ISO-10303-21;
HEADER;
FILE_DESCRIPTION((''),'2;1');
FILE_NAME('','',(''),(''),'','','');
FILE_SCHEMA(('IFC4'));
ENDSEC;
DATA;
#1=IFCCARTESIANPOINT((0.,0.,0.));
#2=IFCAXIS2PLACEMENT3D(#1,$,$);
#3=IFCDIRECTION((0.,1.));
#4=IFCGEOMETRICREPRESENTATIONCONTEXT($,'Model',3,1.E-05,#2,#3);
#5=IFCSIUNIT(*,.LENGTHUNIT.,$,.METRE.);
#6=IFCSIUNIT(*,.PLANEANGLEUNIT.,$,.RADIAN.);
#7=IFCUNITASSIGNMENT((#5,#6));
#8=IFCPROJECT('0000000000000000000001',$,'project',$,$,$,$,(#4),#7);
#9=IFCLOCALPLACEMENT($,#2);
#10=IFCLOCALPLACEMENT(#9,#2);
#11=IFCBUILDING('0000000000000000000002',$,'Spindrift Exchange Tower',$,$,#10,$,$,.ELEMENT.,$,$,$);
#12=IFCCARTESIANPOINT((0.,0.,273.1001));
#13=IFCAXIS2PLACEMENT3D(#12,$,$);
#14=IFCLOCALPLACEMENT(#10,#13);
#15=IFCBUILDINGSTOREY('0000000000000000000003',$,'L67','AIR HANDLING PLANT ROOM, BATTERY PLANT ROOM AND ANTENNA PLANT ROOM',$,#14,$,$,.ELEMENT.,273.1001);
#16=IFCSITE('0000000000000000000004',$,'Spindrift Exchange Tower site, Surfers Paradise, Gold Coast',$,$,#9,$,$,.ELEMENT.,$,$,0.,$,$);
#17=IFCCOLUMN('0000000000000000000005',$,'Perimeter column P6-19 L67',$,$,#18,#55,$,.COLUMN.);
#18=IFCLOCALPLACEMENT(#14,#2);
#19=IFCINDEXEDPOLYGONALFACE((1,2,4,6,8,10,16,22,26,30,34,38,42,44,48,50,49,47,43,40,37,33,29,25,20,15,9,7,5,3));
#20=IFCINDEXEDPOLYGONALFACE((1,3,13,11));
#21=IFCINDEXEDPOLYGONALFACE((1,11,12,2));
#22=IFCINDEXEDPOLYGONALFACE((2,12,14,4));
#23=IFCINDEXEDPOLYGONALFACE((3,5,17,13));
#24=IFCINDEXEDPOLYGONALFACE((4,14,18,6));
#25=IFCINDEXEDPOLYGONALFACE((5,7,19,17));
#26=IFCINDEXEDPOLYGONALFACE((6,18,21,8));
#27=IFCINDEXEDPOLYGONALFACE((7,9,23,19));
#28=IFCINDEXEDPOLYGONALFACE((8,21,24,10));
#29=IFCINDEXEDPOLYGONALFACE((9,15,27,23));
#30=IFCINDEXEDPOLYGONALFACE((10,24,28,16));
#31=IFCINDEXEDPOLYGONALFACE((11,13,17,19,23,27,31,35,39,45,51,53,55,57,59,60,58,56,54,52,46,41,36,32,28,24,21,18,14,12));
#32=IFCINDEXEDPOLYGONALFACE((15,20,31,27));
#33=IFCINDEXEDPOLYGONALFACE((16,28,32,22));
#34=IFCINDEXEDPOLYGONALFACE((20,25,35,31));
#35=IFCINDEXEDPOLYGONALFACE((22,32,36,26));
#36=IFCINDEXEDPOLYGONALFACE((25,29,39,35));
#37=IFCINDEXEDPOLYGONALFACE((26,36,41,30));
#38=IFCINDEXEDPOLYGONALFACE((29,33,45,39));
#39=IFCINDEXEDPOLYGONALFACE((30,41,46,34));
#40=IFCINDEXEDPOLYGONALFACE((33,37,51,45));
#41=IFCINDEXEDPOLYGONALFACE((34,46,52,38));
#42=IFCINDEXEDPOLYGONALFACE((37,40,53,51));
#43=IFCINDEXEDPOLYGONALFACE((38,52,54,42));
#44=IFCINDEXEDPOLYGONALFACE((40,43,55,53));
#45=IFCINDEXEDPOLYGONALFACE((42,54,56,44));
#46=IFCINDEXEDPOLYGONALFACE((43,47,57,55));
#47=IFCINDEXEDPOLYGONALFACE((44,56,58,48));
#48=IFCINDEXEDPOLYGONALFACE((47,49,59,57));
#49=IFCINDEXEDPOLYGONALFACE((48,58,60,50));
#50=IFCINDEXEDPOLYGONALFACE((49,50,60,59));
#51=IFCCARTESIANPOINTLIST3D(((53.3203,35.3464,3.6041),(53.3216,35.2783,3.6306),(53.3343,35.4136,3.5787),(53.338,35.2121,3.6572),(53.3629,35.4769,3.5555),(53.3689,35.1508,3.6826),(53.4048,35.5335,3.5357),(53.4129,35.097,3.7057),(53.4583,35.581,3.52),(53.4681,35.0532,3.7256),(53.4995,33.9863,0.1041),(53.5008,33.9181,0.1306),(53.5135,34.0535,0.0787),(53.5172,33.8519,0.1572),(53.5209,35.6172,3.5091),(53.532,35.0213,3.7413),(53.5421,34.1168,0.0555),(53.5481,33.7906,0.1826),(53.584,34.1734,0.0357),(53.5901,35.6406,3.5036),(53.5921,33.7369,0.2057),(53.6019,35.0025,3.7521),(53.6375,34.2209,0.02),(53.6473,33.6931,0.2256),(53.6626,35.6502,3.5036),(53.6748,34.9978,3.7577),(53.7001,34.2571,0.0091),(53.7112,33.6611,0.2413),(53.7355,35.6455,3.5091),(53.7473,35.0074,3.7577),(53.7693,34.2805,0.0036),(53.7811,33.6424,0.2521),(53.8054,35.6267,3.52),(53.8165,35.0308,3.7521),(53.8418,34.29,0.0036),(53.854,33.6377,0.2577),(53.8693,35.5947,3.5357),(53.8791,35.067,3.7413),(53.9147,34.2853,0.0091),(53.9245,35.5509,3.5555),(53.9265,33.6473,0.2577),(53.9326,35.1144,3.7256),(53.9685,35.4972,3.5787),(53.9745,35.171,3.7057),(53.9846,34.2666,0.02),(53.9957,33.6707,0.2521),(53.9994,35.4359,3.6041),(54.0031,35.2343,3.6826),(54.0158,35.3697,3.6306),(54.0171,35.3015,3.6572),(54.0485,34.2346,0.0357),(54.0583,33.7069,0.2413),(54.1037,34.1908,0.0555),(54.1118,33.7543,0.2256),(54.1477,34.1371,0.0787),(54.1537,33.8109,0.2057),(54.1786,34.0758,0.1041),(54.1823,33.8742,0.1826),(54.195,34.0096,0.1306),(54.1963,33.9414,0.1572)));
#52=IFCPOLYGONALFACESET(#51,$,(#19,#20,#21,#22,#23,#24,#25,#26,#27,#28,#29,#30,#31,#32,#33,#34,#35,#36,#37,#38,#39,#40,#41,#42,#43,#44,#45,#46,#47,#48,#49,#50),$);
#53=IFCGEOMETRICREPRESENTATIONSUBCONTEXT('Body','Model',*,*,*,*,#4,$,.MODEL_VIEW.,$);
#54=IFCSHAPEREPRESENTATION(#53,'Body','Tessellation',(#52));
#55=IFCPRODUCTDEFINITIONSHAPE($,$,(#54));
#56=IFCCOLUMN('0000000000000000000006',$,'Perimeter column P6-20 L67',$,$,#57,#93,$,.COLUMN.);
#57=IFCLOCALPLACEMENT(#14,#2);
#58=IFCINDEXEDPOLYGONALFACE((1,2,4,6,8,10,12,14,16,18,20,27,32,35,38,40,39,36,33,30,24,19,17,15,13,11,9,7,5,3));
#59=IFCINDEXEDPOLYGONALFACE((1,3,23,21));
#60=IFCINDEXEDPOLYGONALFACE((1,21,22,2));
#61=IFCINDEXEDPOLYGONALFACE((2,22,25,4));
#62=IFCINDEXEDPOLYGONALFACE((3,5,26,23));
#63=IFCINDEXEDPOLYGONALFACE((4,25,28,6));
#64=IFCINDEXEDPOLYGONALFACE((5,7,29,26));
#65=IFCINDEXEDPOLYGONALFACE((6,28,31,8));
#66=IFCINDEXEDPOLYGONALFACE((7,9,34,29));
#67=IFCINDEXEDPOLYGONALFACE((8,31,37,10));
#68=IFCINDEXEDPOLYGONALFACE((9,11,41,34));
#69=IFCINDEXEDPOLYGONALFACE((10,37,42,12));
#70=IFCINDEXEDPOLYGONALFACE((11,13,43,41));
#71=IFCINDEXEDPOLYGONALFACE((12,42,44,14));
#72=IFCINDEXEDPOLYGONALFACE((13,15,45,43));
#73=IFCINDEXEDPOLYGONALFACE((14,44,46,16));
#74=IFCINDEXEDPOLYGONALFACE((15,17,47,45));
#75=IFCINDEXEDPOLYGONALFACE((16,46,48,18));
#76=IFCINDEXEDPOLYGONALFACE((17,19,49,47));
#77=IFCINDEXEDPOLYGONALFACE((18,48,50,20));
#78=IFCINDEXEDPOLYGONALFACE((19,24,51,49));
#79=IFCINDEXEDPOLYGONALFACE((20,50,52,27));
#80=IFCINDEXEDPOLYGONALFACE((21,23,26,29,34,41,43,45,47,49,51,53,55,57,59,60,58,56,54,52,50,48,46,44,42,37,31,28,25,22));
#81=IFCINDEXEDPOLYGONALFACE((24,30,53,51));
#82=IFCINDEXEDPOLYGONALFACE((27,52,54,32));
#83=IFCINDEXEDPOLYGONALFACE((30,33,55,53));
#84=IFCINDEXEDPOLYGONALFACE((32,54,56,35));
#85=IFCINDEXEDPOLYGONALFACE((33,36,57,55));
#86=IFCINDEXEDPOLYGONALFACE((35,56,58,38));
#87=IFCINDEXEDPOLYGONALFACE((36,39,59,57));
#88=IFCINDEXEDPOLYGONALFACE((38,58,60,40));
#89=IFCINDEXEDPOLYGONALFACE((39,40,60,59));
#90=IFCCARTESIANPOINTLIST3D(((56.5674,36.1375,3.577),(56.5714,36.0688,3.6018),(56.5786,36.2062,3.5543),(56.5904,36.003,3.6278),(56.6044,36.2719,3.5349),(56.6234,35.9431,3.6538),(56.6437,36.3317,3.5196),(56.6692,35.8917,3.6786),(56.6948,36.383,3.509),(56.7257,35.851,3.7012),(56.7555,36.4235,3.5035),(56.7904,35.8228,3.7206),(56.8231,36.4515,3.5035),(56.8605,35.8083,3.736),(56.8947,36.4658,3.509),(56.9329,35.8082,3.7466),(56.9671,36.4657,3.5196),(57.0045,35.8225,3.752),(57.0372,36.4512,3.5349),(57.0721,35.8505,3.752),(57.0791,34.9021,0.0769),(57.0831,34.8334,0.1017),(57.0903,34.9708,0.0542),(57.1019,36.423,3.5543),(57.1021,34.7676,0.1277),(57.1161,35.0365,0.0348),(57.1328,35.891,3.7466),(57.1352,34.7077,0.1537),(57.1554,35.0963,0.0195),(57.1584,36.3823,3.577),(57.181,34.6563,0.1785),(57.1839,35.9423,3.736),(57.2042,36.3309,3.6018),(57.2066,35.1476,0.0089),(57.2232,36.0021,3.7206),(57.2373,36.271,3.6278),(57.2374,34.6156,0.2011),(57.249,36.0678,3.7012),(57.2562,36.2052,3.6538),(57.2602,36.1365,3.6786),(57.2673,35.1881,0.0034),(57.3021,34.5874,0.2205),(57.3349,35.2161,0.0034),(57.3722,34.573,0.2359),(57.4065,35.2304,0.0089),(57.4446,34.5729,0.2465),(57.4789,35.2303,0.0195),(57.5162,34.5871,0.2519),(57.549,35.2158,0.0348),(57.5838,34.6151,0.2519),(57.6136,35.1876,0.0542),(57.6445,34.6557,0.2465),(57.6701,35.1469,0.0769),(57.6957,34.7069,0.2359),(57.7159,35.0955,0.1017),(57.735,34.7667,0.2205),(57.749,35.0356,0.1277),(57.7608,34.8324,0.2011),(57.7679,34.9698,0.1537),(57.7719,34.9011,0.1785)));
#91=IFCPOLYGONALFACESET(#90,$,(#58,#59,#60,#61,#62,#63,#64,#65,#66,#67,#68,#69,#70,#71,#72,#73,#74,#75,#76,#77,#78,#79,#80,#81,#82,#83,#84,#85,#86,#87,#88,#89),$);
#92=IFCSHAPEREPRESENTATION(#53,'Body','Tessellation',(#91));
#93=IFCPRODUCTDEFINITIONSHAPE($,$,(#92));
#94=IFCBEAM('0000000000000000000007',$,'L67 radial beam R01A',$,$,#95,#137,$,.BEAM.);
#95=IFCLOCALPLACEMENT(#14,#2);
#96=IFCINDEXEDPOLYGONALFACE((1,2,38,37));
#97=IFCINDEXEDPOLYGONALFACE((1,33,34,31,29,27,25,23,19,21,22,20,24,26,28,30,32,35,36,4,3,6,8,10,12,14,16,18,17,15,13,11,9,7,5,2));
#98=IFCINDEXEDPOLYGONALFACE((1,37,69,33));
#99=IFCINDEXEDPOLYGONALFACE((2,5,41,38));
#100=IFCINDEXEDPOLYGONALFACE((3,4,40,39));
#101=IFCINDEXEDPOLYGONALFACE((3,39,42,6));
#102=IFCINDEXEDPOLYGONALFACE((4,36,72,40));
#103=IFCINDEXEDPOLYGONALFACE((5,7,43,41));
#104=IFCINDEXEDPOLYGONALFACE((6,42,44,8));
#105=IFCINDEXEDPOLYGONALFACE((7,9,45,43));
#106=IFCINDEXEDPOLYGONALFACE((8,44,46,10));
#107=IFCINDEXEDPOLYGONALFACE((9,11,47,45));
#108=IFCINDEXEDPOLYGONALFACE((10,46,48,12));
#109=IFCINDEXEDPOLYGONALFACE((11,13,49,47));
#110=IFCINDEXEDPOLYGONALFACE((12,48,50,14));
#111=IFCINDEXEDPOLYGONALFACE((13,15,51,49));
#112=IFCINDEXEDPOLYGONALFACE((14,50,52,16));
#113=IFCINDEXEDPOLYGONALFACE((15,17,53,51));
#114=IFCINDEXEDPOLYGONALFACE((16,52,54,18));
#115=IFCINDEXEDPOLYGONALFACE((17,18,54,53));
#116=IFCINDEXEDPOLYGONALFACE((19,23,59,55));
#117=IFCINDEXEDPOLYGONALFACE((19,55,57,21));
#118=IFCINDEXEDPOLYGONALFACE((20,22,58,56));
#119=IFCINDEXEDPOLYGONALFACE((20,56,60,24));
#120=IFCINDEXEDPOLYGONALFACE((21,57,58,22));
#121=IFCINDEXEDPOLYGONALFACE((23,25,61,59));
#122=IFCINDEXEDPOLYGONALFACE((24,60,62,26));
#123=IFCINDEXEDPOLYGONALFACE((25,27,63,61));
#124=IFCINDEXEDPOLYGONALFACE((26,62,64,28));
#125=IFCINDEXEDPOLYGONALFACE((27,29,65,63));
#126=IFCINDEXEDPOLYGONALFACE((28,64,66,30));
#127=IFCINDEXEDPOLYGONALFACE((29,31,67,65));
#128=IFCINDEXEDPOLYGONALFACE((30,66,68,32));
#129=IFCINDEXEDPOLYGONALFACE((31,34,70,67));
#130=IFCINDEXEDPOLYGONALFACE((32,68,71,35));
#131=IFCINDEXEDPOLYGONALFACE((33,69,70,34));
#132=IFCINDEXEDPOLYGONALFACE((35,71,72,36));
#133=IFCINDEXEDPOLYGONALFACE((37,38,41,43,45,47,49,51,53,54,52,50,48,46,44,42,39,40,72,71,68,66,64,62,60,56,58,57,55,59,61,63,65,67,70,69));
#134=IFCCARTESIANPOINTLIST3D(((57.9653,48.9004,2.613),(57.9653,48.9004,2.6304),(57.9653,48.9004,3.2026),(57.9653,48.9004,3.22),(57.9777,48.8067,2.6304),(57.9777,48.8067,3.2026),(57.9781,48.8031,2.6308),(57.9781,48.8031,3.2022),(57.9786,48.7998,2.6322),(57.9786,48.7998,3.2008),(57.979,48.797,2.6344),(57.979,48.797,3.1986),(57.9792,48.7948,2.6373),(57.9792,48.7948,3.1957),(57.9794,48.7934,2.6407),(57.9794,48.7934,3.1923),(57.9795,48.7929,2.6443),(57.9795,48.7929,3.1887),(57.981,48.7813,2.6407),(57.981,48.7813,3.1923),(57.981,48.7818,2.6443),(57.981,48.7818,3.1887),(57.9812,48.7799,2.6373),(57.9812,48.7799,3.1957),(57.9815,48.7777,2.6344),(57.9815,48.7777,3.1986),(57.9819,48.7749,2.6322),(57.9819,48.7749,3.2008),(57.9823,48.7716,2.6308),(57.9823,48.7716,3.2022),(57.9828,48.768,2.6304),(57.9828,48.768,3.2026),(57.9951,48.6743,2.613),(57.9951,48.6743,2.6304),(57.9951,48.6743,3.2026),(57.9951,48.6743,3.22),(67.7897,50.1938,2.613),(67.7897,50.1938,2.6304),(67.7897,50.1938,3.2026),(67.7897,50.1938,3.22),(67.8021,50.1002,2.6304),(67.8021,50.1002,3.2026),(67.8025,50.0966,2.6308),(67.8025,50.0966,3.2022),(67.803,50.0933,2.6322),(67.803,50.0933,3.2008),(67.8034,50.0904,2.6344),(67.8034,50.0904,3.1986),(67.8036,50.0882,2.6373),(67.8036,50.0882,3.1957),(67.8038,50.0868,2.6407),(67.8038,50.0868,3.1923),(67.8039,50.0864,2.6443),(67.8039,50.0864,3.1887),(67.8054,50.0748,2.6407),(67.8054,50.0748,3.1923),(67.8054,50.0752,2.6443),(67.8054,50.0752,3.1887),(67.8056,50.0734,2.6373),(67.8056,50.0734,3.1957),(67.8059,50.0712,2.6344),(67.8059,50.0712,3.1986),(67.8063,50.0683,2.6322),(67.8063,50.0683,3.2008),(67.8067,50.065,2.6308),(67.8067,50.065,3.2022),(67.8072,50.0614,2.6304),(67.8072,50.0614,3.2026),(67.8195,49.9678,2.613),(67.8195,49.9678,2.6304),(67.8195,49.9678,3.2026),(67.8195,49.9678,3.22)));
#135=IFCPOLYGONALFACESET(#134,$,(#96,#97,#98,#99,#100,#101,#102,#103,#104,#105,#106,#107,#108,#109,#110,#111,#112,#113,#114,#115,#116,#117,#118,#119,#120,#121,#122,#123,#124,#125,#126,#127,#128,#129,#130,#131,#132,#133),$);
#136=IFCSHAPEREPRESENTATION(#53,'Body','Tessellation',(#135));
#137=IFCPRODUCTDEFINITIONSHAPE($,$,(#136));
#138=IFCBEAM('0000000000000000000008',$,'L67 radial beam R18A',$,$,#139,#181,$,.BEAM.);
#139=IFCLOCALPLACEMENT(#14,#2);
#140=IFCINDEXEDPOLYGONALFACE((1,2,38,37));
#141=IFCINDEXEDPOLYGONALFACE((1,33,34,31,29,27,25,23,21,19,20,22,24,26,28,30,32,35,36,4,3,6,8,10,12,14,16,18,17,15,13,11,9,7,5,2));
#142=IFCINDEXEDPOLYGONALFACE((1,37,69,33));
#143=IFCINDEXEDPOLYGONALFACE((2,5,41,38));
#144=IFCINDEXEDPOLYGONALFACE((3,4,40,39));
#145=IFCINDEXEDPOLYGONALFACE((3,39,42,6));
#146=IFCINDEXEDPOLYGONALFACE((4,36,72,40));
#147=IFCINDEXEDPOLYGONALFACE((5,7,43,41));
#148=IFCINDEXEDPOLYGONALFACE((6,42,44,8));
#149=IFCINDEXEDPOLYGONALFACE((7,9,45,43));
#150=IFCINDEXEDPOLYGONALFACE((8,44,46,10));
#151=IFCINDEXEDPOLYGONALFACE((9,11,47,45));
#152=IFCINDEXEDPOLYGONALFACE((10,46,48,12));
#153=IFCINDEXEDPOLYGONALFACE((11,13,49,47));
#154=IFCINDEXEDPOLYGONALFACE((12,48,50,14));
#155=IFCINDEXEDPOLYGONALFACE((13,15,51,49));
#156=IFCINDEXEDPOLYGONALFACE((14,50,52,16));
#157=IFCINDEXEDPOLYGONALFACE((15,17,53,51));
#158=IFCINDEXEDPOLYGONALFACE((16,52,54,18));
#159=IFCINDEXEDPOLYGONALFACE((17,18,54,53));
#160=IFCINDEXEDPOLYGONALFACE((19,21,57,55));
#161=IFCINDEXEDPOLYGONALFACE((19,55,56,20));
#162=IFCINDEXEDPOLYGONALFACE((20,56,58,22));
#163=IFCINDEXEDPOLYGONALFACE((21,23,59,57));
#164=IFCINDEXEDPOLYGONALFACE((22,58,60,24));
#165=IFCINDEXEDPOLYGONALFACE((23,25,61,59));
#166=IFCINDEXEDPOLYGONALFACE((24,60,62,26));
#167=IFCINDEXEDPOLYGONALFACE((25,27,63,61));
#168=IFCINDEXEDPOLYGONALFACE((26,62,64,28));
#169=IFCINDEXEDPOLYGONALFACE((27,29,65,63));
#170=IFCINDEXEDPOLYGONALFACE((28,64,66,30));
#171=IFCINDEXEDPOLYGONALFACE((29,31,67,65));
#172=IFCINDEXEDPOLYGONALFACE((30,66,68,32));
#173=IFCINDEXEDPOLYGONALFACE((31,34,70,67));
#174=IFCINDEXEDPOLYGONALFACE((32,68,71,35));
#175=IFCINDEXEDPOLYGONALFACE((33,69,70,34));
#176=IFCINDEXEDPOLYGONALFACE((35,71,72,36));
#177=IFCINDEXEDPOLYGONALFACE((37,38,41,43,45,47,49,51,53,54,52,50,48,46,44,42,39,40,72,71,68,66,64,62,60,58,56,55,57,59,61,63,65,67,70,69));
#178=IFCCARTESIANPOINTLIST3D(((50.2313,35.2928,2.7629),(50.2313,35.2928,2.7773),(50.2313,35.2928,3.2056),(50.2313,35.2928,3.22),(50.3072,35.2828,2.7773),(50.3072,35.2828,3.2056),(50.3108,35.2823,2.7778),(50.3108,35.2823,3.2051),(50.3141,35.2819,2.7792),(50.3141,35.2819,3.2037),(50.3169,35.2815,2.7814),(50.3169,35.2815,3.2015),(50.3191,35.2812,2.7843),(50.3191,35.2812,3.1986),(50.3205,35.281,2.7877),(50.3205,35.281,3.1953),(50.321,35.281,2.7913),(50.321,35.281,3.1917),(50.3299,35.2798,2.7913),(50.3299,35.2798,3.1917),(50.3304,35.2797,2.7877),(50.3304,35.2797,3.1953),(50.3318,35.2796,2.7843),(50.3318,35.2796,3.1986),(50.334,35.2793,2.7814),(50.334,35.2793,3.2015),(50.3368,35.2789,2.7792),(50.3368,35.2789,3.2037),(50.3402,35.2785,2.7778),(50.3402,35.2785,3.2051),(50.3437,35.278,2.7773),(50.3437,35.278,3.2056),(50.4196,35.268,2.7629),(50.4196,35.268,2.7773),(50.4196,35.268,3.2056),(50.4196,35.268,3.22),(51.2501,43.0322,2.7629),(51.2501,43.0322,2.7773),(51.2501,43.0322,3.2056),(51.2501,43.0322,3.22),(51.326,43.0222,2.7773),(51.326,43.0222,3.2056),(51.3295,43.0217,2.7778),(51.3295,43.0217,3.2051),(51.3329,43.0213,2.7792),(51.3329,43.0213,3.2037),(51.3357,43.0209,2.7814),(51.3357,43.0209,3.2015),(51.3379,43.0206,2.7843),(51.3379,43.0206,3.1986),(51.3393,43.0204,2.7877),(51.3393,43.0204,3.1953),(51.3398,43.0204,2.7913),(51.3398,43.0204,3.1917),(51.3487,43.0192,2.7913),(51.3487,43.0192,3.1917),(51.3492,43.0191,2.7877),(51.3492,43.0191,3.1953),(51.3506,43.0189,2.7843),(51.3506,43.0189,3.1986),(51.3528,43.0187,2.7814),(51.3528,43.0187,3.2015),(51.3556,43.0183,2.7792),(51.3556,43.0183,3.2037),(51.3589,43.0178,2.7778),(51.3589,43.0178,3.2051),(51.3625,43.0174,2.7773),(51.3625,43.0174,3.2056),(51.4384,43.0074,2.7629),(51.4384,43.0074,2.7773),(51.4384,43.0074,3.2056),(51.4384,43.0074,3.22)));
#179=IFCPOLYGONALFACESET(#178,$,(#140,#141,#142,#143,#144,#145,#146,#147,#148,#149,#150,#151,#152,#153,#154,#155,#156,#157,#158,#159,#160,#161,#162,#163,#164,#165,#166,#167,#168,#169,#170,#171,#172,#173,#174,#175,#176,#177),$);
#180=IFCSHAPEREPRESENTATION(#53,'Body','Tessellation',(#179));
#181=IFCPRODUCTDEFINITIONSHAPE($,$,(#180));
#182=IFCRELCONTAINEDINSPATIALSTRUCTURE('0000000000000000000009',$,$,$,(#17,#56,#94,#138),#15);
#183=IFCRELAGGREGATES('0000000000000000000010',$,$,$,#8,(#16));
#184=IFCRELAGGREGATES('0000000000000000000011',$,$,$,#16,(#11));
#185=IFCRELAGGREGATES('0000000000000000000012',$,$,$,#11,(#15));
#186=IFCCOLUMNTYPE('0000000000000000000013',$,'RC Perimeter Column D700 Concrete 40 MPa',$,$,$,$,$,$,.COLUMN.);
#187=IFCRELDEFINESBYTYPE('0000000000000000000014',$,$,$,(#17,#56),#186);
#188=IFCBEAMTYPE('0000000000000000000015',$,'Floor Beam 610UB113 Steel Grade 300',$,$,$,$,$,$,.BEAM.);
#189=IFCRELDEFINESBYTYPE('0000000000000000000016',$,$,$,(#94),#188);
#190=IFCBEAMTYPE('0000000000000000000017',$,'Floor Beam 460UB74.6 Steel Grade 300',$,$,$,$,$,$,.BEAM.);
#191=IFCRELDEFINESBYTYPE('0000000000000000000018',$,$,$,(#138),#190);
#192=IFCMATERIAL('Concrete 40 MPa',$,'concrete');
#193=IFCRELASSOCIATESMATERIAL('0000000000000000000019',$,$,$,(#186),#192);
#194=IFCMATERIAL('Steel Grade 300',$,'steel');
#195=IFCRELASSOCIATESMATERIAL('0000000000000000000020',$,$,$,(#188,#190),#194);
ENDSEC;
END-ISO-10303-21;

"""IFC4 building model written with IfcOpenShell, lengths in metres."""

from ifc_helpers import new_model, si_unit, direction, frame, origin, origin_2d, place, context, subcontext, project, spatial, circle, i_section, extrude, source, transform, mapped, material, material_profile, profile_set, type_object, element, save


model = new_model("IFC4")

# Units and contexts
model_context = context("Model", 3, precision=1e-05, world=origin(), true_north=direction((0.0, 1.0)))
body_context = subcontext(model_context, "Body", "Model", "MODEL_VIEW")
ifc_project = project(units=[si_unit("LENGTHUNIT", "METRE"), si_unit("PLANEANGLEUNIT", "RADIAN")], contexts=[model_context])

# Site, building, storey
site_placement = place(None, origin())
site = spatial("IfcSite", under=ifc_project, at=site_placement, Name="Spindrift Exchange Tower site, Surfers Paradise, Gold Coast", CompositionType="ELEMENT", RefElevation=0.0)
building_placement = place(site_placement, origin())
building = spatial("IfcBuilding", under=site, at=building_placement, Name="Spindrift Exchange Tower", CompositionType="ELEMENT")
storey_placement = place(building_placement, frame((0.0, 0.0, 273.1001)))
storey = spatial("IfcBuildingStorey", under=building, at=storey_placement, Name="L67", Description="AIR HANDLING PLANT ROOM, BATTERY PLANT ROOM AND ANTENNA PLANT ROOM", CompositionType="ELEMENT", Elevation=273.1001)

# Columns
ifc_material_1 = material(Name="Concrete 40 MPa", Category="concrete")
ifc_material_profile_1 = material_profile(ifc_material_1, circle(Radius=0.3501, at=origin_2d()), Name="RC D700")
ifc_profile_set_1 = profile_set([ifc_material_profile_1], Name="Concrete 40 MPa")
column_type = type_object("IfcColumnType", Name="RC Perimeter Column D700 Concrete 40 MPa", PredefinedType="COLUMN", material=ifc_profile_set_1)
shared_shape_1 = source(origin(), body_context, "Body", "SweptSolid", [
    extrude(circle(Radius=0.3501, at=origin_2d()), origin(), (0.0, 0.0, 1.0), 3.7593),
])
column_1_placement = place(storey_placement, frame((53.8479, 33.9639, 0.1306), z_axis=(-0.047669, 0.361802, 0.931035), x_axis=(-0.991432, -0.130625, 0.0)))
element("IfcColumn", 1, at=column_1_placement, inside=storey, type_object=column_type, Name="Perimeter column P6-19 L67", PredefinedType="COLUMN", context=body_context, shape_type="MappedRepresentation", body=[
    mapped(shared_shape_1, transform((0.0, 0.0, 0.0), scale=1.0)),
])
shared_shape_2 = source(origin(), body_context, "Body", "SweptSolid", [
    extrude(circle(Radius=0.3501, at=origin_2d()), origin(), (0.0, 0.0, 1.0), 3.7468),
])
column_2_placement = place(storey_placement, frame((57.4255, 34.9016, 0.1277), z_axis=(-0.136578, 0.329715, 0.934149), x_axis=(-0.923874, -0.382696, 0.0)))
element("IfcColumn", 2, at=column_2_placement, inside=storey, type_object=column_type, Name="Perimeter column P6-20 L67", PredefinedType="COLUMN", context=body_context, shape_type="MappedRepresentation", body=[
    mapped(shared_shape_2, transform((0.0, 0.0, 0.0), scale=1.0)),
])

# Beams
ifc_material_2 = material(Name="Steel Grade 300", Category="steel")
ifc_material_profile_2 = material_profile(ifc_material_2, i_section(OverallWidth=0.228, OverallDepth=0.6069, WebThickness=0.0112, FlangeThickness=0.0173, FilletRadius=0.0139, at=origin_2d()), Name="610UB113")
ifc_profile_set_2 = profile_set([ifc_material_profile_2], Name="Steel Grade 300")
beam_type_1 = type_object("IfcBeamType", Name="Floor Beam 610UB113 Steel Grade 300", PredefinedType="BEAM", material=ifc_profile_set_2)
shared_shape_3 = source(origin(), body_context, "Body", "SweptSolid", [
    extrude(i_section(OverallWidth=0.228, OverallDepth=0.6069, WebThickness=0.0112, FlangeThickness=0.0173, FilletRadius=0.0139, at=origin_2d()), origin(), (0.0, 0.0, 1.0), 9.9092),
])
beam_1_placement = place(storey_placement, frame((57.9802, 48.7874, 2.9165), z_axis=(0.991444, 0.13053, 0.0), x_axis=(-0.13053, 0.991444, 0.0)))
element("IfcBeam", 3, at=beam_1_placement, inside=storey, type_object=beam_type_1, Name="L67 radial beam R01A", PredefinedType="BEAM", context=body_context, shape_type="MappedRepresentation", body=[
    mapped(shared_shape_3, transform((0.0, 0.0, 0.0), scale=1.0)),
])
ifc_material_profile_3 = material_profile(ifc_material_2, i_section(OverallWidth=0.1899, OverallDepth=0.457, WebThickness=0.009, FlangeThickness=0.0144, FilletRadius=0.0139, at=origin_2d()), Name="460UB74.6")
ifc_profile_set_3 = profile_set([ifc_material_profile_3], Name="Steel Grade 300")
beam_type_2 = type_object("IfcBeamType", Name="Floor Beam 460UB74.6 Steel Grade 300", PredefinedType="BEAM", material=ifc_profile_set_3)
shared_shape_4 = source(origin(), body_context, "Body", "SweptSolid", [
    extrude(i_section(OverallWidth=0.1899, OverallDepth=0.457, WebThickness=0.009, FlangeThickness=0.0144, FilletRadius=0.0139, at=origin_2d()), origin(), (0.0, 0.0, 1.0), 7.8062),
])
beam_2_placement = place(storey_placement, frame((51.3442, 43.0198, 2.9915), z_axis=(-0.13051, -0.991447, 0.0), x_axis=(0.991447, -0.13051, 0.0)))
element("IfcBeam", 4, at=beam_2_placement, inside=storey, type_object=beam_type_2, Name="L67 radial beam R18A", PredefinedType="BEAM", context=body_context, shape_type="MappedRepresentation", body=[
    mapped(shared_shape_4, transform((0.0, 0.0, 0.0), scale=1.0)),
])

save(model, "model.ifc")
